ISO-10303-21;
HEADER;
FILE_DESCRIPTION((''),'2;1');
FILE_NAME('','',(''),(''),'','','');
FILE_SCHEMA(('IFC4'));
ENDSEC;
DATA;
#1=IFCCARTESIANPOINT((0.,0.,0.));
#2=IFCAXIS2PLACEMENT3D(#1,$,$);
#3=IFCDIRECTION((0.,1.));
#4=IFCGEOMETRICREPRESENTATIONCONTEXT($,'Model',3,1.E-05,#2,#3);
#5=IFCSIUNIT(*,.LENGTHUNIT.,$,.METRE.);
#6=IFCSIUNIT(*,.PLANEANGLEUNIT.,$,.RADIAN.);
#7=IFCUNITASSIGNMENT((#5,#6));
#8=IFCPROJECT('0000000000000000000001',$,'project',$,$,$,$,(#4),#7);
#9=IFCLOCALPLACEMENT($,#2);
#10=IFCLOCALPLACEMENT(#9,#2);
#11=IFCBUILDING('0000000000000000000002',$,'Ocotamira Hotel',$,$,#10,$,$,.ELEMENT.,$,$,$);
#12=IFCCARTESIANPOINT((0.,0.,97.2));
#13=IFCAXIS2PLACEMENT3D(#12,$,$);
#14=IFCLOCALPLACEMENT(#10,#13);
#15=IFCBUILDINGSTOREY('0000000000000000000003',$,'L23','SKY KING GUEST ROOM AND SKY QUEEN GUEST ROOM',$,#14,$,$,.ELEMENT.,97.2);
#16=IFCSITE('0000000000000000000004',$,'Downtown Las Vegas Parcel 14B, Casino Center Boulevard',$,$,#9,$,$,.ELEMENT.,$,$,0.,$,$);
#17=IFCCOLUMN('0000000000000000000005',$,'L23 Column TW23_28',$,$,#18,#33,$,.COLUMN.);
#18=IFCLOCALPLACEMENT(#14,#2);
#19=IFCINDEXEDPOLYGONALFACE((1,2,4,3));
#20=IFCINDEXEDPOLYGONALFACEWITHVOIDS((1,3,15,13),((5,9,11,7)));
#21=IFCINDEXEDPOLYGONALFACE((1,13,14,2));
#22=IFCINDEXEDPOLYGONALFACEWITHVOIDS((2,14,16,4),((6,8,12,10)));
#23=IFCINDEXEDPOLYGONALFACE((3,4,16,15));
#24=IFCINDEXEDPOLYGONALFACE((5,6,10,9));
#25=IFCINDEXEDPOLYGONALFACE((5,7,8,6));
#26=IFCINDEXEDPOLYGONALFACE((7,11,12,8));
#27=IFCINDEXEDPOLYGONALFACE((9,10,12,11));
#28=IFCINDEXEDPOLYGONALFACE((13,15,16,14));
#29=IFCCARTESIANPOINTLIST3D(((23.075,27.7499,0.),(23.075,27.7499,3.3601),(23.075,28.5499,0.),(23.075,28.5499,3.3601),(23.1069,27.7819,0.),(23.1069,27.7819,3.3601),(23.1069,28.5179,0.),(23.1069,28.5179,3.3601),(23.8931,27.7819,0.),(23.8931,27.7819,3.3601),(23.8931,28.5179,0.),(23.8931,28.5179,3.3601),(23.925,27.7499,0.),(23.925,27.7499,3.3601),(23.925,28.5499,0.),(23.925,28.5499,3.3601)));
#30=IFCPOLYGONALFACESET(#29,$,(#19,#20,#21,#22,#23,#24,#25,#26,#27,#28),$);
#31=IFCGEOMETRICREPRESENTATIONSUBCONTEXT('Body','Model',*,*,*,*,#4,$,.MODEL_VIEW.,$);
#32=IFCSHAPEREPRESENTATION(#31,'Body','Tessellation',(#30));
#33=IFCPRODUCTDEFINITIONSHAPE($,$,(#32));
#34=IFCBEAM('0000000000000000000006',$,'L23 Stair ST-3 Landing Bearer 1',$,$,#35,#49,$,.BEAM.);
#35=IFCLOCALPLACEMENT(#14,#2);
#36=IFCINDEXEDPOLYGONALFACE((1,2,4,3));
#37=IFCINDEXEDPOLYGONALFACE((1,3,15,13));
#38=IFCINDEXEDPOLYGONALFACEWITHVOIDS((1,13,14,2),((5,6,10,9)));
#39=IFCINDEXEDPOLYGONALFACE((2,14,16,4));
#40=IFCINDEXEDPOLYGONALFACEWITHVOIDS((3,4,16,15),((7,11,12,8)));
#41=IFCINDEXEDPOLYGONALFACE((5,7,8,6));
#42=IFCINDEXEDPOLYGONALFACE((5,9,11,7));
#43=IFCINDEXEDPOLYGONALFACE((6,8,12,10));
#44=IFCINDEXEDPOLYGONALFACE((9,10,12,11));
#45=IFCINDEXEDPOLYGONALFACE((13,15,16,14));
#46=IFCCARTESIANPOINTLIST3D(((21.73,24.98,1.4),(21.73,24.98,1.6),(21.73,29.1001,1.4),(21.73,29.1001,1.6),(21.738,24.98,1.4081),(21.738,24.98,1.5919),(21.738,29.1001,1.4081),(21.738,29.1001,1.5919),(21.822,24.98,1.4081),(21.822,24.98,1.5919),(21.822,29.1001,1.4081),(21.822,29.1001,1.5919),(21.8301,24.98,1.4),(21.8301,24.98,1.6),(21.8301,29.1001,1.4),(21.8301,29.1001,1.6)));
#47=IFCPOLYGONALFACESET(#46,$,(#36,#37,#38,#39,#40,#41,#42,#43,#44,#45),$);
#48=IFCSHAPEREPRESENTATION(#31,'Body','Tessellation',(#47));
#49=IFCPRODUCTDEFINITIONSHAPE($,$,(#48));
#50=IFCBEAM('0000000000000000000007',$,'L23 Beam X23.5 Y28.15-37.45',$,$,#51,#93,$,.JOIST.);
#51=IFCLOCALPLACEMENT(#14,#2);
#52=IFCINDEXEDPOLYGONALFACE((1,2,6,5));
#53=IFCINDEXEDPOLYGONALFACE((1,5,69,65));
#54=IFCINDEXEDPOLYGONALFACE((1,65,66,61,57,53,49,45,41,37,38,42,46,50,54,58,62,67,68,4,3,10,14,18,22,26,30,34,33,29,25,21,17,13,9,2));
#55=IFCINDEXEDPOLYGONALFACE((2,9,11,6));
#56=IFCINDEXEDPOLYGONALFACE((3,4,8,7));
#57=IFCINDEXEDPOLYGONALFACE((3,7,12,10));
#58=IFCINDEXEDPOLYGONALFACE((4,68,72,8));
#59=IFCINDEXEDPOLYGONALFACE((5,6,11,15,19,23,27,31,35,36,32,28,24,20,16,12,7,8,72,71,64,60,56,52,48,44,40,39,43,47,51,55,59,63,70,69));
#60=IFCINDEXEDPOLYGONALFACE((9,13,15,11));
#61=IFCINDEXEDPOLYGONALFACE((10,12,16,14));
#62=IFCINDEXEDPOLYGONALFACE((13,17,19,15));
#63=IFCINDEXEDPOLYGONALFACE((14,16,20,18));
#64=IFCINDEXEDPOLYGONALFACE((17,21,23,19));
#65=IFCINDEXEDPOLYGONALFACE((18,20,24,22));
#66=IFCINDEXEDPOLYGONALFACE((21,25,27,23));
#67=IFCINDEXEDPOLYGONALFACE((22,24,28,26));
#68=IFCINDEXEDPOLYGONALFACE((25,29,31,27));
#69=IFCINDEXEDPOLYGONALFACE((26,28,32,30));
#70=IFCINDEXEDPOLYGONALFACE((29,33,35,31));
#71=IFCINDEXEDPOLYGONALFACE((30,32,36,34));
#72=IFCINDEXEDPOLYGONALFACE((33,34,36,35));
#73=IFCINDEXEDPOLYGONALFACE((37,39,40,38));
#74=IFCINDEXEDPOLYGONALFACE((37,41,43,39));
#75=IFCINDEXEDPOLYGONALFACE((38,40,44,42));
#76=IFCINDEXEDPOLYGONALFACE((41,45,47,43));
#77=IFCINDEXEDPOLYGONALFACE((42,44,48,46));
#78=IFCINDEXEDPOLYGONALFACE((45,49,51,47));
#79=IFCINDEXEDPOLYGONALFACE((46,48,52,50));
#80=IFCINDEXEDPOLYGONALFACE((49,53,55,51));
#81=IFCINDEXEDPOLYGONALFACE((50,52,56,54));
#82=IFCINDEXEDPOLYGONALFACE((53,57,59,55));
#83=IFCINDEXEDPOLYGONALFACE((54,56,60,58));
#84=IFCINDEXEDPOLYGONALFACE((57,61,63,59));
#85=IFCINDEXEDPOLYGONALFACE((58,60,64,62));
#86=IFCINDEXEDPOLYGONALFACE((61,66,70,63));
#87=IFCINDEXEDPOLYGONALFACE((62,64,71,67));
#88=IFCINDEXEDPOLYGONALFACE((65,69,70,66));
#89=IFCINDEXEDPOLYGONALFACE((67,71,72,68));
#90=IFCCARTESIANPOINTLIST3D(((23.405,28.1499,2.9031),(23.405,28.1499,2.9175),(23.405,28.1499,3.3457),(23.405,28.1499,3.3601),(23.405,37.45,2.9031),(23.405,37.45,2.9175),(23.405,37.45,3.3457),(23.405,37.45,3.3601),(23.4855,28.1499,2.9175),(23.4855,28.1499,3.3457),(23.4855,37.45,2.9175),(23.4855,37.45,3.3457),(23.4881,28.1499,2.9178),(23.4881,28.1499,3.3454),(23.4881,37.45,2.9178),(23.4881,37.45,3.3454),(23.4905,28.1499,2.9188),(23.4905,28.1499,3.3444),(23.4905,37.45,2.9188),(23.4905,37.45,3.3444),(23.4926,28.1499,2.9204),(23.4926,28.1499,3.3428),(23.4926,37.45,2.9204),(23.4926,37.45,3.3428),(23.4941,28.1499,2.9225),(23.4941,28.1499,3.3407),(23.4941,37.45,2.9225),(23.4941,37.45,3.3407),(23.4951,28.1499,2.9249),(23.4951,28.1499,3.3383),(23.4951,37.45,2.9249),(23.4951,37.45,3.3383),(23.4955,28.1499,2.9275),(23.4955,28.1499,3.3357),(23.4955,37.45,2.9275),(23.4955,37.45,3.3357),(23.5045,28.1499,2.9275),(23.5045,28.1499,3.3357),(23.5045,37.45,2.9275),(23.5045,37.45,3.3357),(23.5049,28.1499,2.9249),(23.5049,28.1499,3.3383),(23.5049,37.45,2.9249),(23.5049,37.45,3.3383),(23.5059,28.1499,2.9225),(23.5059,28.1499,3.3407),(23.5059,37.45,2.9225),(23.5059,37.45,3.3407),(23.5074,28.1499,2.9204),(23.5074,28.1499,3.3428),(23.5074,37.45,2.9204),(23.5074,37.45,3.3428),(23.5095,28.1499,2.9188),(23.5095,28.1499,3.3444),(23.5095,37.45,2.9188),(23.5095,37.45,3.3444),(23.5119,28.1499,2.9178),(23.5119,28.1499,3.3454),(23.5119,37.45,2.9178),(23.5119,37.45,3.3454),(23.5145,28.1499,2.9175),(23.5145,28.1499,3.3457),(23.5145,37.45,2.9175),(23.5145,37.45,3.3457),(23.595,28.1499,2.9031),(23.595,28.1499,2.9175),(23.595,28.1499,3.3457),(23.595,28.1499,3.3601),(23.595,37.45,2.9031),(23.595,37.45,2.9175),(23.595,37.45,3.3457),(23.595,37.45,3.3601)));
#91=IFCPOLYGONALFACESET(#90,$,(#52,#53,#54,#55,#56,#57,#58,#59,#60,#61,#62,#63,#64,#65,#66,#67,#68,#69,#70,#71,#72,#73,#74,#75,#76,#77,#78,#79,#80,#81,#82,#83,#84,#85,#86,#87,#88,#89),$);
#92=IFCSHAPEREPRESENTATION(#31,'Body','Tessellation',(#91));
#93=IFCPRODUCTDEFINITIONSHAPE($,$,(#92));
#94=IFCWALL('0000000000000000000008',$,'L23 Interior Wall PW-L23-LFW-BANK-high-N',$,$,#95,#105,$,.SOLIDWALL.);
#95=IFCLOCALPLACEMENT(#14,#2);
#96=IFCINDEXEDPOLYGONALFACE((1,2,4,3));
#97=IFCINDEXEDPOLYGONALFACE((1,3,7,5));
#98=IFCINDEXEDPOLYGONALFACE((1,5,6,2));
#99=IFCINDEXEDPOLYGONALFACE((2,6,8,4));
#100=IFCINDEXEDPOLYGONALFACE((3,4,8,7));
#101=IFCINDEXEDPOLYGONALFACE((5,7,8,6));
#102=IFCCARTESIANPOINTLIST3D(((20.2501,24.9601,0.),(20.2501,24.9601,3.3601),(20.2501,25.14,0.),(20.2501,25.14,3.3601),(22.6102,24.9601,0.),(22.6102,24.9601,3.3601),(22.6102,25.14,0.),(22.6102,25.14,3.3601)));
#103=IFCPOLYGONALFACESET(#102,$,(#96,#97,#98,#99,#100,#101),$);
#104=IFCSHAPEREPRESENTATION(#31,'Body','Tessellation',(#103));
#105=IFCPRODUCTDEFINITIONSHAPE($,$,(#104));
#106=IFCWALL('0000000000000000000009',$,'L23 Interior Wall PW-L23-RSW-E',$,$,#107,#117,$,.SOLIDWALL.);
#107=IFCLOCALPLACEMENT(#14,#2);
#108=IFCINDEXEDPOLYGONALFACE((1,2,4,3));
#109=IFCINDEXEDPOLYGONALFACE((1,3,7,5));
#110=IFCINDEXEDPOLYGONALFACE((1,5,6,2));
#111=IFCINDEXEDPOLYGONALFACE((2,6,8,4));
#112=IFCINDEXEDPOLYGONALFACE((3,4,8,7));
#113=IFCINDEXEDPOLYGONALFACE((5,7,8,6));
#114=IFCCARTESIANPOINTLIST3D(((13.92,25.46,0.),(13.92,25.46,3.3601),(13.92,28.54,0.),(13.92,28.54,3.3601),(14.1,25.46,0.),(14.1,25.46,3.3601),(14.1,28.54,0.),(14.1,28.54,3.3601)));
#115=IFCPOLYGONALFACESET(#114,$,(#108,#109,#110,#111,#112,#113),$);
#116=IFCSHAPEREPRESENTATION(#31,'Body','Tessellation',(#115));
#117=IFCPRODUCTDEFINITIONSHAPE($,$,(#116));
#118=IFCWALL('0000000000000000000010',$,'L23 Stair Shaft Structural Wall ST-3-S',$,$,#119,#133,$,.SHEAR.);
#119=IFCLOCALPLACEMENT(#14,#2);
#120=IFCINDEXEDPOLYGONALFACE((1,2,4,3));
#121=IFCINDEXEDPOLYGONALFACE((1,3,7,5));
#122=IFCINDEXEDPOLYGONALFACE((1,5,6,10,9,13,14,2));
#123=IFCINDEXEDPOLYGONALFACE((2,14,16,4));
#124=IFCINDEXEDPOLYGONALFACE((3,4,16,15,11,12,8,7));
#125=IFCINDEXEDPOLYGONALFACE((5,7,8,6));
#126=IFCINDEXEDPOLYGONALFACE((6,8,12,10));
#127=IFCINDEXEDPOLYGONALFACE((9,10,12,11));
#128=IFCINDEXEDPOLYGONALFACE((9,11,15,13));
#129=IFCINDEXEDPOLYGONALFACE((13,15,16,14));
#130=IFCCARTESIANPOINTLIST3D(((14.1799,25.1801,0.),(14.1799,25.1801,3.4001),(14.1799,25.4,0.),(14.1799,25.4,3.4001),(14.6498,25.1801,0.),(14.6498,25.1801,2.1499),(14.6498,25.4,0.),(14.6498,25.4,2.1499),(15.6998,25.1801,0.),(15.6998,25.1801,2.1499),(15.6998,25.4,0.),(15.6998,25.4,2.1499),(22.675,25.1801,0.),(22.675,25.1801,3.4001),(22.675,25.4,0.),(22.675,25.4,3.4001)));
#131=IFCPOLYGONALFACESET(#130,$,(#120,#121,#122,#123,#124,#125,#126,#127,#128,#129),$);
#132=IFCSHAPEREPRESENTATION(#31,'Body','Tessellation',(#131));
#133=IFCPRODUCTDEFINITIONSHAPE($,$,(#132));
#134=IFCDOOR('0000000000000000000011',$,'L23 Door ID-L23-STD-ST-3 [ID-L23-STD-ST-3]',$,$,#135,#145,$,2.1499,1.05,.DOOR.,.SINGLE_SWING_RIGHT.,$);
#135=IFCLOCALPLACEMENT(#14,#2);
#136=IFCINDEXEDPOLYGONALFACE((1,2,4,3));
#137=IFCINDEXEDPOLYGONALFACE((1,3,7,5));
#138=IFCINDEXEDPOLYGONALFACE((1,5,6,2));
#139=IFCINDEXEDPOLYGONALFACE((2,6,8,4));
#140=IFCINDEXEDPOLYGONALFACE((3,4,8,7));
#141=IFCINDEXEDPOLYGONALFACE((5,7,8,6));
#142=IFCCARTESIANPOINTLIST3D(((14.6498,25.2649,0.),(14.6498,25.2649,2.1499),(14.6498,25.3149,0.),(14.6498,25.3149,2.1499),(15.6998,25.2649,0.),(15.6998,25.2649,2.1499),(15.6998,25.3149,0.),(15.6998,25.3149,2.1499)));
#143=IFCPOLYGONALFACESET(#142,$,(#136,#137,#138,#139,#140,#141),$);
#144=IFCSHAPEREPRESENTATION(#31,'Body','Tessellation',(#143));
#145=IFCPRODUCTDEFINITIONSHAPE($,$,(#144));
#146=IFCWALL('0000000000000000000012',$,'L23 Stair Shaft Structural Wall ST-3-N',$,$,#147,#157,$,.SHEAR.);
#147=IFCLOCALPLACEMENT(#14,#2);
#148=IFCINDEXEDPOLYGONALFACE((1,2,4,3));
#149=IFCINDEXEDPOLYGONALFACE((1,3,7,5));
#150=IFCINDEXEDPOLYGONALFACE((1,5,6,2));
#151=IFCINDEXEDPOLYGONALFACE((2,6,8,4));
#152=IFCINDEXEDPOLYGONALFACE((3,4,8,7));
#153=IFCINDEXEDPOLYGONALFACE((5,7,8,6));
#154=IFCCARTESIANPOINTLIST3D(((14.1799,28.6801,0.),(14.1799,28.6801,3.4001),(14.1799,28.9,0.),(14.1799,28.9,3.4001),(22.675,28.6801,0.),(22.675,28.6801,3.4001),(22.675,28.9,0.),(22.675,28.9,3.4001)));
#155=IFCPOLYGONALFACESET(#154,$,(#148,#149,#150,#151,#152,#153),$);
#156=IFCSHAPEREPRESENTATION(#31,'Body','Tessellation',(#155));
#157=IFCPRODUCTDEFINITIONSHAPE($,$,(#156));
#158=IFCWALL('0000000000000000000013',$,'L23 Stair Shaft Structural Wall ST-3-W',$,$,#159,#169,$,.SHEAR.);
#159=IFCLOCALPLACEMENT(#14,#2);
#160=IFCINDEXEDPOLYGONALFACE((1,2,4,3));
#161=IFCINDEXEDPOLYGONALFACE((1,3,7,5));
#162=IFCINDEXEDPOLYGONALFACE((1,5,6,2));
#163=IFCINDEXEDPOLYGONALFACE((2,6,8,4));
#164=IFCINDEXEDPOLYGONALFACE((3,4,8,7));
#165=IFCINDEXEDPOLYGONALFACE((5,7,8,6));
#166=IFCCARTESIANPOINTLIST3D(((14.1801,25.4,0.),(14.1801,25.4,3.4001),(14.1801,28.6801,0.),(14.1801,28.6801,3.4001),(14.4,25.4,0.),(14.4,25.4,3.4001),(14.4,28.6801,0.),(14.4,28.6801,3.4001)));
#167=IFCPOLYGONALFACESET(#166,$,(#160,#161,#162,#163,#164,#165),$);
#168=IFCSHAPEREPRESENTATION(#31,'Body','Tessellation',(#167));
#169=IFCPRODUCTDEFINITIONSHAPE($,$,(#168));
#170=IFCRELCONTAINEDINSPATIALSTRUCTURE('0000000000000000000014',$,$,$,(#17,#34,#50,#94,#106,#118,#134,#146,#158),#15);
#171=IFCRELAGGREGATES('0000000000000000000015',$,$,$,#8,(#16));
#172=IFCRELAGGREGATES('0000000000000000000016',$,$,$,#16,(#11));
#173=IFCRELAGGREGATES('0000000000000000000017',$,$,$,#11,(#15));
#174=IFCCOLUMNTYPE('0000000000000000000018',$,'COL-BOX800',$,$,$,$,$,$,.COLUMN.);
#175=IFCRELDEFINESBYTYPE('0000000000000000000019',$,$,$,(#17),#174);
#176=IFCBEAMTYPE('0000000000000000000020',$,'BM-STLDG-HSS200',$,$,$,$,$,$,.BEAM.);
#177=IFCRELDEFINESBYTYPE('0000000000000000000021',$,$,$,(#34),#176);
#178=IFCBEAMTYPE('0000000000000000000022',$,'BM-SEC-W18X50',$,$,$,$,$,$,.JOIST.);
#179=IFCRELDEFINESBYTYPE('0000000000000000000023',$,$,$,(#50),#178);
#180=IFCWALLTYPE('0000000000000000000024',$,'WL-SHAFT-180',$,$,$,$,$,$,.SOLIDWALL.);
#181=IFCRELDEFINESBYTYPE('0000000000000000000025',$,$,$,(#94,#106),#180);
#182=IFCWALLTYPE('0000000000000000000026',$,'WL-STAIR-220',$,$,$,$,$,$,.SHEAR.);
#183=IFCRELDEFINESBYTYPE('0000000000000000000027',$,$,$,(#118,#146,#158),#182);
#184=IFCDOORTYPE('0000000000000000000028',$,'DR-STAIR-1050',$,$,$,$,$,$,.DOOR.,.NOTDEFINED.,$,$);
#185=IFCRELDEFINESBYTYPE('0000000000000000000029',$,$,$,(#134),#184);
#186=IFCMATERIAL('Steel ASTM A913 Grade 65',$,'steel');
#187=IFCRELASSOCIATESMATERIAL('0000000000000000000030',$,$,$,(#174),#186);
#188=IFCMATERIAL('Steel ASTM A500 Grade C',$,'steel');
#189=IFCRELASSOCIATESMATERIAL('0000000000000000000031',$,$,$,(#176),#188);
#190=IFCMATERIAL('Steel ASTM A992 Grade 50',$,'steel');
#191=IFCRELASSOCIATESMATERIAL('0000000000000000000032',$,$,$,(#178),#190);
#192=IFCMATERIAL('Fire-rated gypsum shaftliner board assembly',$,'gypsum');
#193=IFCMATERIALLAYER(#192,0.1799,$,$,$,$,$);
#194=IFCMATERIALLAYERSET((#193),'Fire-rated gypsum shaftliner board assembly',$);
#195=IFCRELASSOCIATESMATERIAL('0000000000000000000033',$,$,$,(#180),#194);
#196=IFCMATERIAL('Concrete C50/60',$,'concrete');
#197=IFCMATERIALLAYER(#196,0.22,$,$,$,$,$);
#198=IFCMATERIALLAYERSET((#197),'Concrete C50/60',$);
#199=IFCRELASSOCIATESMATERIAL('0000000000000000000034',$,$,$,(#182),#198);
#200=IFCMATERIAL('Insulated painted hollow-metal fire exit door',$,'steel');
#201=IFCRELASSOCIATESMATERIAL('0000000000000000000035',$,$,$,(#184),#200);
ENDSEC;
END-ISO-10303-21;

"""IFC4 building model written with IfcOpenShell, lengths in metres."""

from ifc_helpers import new_model, si_unit, direction, frame, frame_2d, origin, origin_2d, place, context, subcontext, project, spatial, rectangle, hollow_rectangle, i_section, extrude, source, transform, mapped, material, layer, layer_set, material_profile, profile_set, type_object, element, fill, save


model = new_model("IFC4")

# Units and contexts
model_context = context("Model", 3, precision=1e-05, world=origin(), true_north=direction((0.0, 1.0)))
body_context = subcontext(model_context, "Body", "Model", "MODEL_VIEW")
ifc_project = project(units=[si_unit("LENGTHUNIT", "METRE"), si_unit("PLANEANGLEUNIT", "RADIAN")], contexts=[model_context])

# Site, building, storey
site_placement = place(None, origin())
site = spatial("IfcSite", under=ifc_project, at=site_placement, Name="Downtown Las Vegas Parcel 14B, Casino Center Boulevard", CompositionType="ELEMENT", RefElevation=0.0)
building_placement = place(site_placement, origin())
building = spatial("IfcBuilding", under=site, at=building_placement, Name="Ocotamira Hotel", CompositionType="ELEMENT")
storey_placement = place(building_placement, frame((0.0, 0.0, 97.2)))
storey = spatial("IfcBuildingStorey", under=building, at=storey_placement, Name="L23", Description="SKY KING GUEST ROOM AND SKY QUEEN GUEST ROOM", CompositionType="ELEMENT", Elevation=97.2)

# Column
ifc_material_1 = material(Name="Steel ASTM A913 Grade 65", Category="steel")
ifc_material_profile_1 = material_profile(ifc_material_1, hollow_rectangle(XDim=0.8501, YDim=0.8, WallThickness=0.032, at=origin_2d()), Name="BOX800X850X32")
ifc_profile_set_1 = profile_set([ifc_material_profile_1], Name="Steel ASTM A913 Grade 65")
column_type = type_object("IfcColumnType", Name="COL-BOX800", PredefinedType="COLUMN", material=ifc_profile_set_1)
shared_shape_1 = source(origin(), body_context, "Body", "SweptSolid", [
    extrude(hollow_rectangle(XDim=0.8501, YDim=0.8, WallThickness=0.032, at=origin_2d()), origin(), (0.0, 0.0, 1.0), 3.3601),
])
column_placement = place(storey_placement, frame((23.5, 28.1499, 0.0), z_axis=(0.0, 0.0, 1.0), x_axis=(1.0, 0.0, 0.0)))
element("IfcColumn", 1, at=column_placement, inside=storey, type_object=column_type, Name="L23 Column TW23_28", PredefinedType="COLUMN", context=body_context, shape_type="MappedRepresentation", body=[
    mapped(shared_shape_1, transform((0.0, 0.0, 0.0), scale=1.0)),
])

# Beams
ifc_material_2 = material(Name="Steel ASTM A500 Grade C", Category="steel")
ifc_material_profile_2 = material_profile(ifc_material_2, hollow_rectangle(XDim=0.1001, YDim=0.2, WallThickness=0.0081, at=origin_2d()), Name="HSS200X100X8")
ifc_profile_set_2 = profile_set([ifc_material_profile_2], Name="Steel ASTM A500 Grade C")
beam_type_1 = type_object("IfcBeamType", Name="BM-STLDG-HSS200", PredefinedType="BEAM", material=ifc_profile_set_2)
shared_shape_2 = source(origin(), body_context, "Body", "SweptSolid", [
    extrude(hollow_rectangle(XDim=0.1001, YDim=0.2, WallThickness=0.0081, at=origin_2d()), origin(), (0.0, 0.0, 1.0), 4.1201),
])
beam_1_placement = place(storey_placement, frame((21.78, 24.98, 1.5), z_axis=(0.0, 1.0, 0.0), x_axis=(-1.0, 0.0, 0.0)))
element("IfcBeam", 2, at=beam_1_placement, inside=storey, type_object=beam_type_1, Name="L23 Stair ST-3 Landing Bearer 1", PredefinedType="BEAM", context=body_context, shape_type="MappedRepresentation", body=[
    mapped(shared_shape_2, transform((0.0, 0.0, 0.0), scale=1.0)),
])
ifc_material_3 = material(Name="Steel ASTM A992 Grade 50", Category="steel")
ifc_material_profile_3 = material_profile(ifc_material_3, i_section(OverallWidth=0.1899, OverallDepth=0.457, WebThickness=0.009, FlangeThickness=0.0144, FilletRadius=0.01, at=origin_2d()), Name="W18X50")
ifc_profile_set_3 = profile_set([ifc_material_profile_3], Name="Steel ASTM A992 Grade 50")
beam_type_2 = type_object("IfcBeamType", Name="BM-SEC-W18X50", PredefinedType="JOIST", material=ifc_profile_set_3)
shared_shape_3 = source(origin(), body_context, "Body", "SweptSolid", [
    extrude(i_section(OverallWidth=0.1899, OverallDepth=0.457, WebThickness=0.009, FlangeThickness=0.0144, FilletRadius=0.01, at=origin_2d()), origin(), (0.0, 0.0, 1.0), 9.3),
])
beam_2_placement = place(storey_placement, frame((23.5, 28.1499, 3.1316), z_axis=(0.0, 1.0, 0.0), x_axis=(-1.0, 0.0, 0.0)))
element("IfcBeam", 3, at=beam_2_placement, inside=storey, type_object=beam_type_2, Name="L23 Beam X23.5 Y28.15-37.45", PredefinedType="JOIST", context=body_context, shape_type="MappedRepresentation", body=[
    mapped(shared_shape_3, transform((0.0, 0.0, 0.0), scale=1.0)),
])

# Walls
ifc_material_4 = material(Name="Fire-rated gypsum shaftliner board assembly", Category="gypsum")
ifc_layer_1 = layer(ifc_material_4, 0.1799)
ifc_layer_set_1 = layer_set([ifc_layer_1], Name="Fire-rated gypsum shaftliner board assembly")
wall_type_1 = type_object("IfcWallType", Name="WL-SHAFT-180", PredefinedType="SOLIDWALL", material=ifc_layer_set_1)
wall_1_placement = place(storey_placement, frame((20.25, 25.05, 0.0), z_axis=(0.0, 0.0, 1.0), x_axis=(1.0, 0.0, 0.0)))
element("IfcWall", 4, at=wall_1_placement, inside=storey, type_object=wall_type_1, Name="L23 Interior Wall PW-L23-LFW-BANK-high-N", PredefinedType="SOLIDWALL", context=body_context, shape_type="SweptSolid", body=[
    extrude(rectangle(XDim=2.3601, YDim=0.1799, at=frame_2d((1.1802, 0.0))), origin(), (0.0, 0.0, 1.0), 3.3601),
])
wall_2_placement = place(storey_placement, frame((14.01, 25.46, 0.0), z_axis=(0.0, 0.0, 1.0), x_axis=(0.0, 1.0, 0.0)))
element("IfcWall", 5, at=wall_2_placement, inside=storey, type_object=wall_type_1, Name="L23 Interior Wall PW-L23-RSW-E", PredefinedType="SOLIDWALL", context=body_context, shape_type="SweptSolid", body=[
    extrude(rectangle(XDim=3.0801, YDim=0.1799, at=frame_2d((1.54, 0.0))), origin(), (0.0, 0.0, 1.0), 3.3601),
])

# Wall, opening, door
ifc_material_5 = material(Name="Concrete C50/60", Category="concrete")
ifc_layer_2 = layer(ifc_material_5, 0.22)
ifc_layer_set_2 = layer_set([ifc_layer_2], Name="Concrete C50/60")
wall_type_2 = type_object("IfcWallType", Name="WL-STAIR-220", PredefinedType="SHEAR", material=ifc_layer_set_2)
wall_3_placement = place(storey_placement, frame((14.1799, 25.29, 0.0), z_axis=(0.0, 0.0, 1.0), x_axis=(1.0, 0.0, 0.0)))
wall_3 = element("IfcWall", 6, at=wall_3_placement, inside=storey, type_object=wall_type_2, Name="L23 Stair Shaft Structural Wall ST-3-S", PredefinedType="SHEAR", context=body_context, shape_type="SweptSolid", body=[
    extrude(rectangle(XDim=8.4951, YDim=0.22, at=frame_2d((4.2476, 0.0))), origin(), (0.0, 0.0, 1.0), 3.4001),
])
opening_placement = place(wall_3_placement, frame((0.47, 0.0, 0.0)))
opening = element("IfcOpeningElement", 7, at=opening_placement, cuts=wall_3, PredefinedType="OPENING", context=body_context, shape_type="SweptSolid", body=[
    extrude(rectangle(XDim=1.05, YDim=2.1499, at=frame_2d((0.5249, 1.075))), frame((0.0, 0.1201, 0.0), z_axis=(0.0, -1.0, 0.0), x_axis=(1.0, 0.0, 0.0)), (0.0, 0.0, 1.0), 0.24),
])
ifc_material_6 = material(Name="Insulated painted hollow-metal fire exit door", Category="steel")
door_type = type_object("IfcDoorType", Name="DR-STAIR-1050", OperationType="NOTDEFINED", PredefinedType="DOOR", material=ifc_material_6)
shared_shape_4 = source(origin(), body_context, "Body", "SweptSolid", [
    extrude(rectangle(XDim=1.05, YDim=2.1499, at=frame_2d((0.5249, 1.075))), frame((0.0, 0.0249, 0.0), z_axis=(0.0, -1.0, 0.0), x_axis=(1.0, 0.0, 0.0)), (0.0, 0.0, 1.0), 0.05),
])
door_placement = place(opening_placement, origin())
door = element("IfcDoor", 8, at=door_placement, inside=storey, type_object=door_type, Name="L23 Door ID-L23-STD-ST-3 [ID-L23-STD-ST-3]", OperationType="SINGLE_SWING_RIGHT", OverallHeight=2.1499, OverallWidth=1.05, PredefinedType="DOOR", context=body_context, shape_type="MappedRepresentation", body=[
    mapped(shared_shape_4, transform((0.0, 0.0, 0.0), scale=1.0)),
])
fill(opening, door)

# Walls
wall_4_placement = place(storey_placement, frame((14.1799, 28.79, 0.0), z_axis=(0.0, 0.0, 1.0), x_axis=(1.0, 0.0, 0.0)))
element("IfcWall", 9, at=wall_4_placement, inside=storey, type_object=wall_type_2, Name="L23 Stair Shaft Structural Wall ST-3-N", PredefinedType="SHEAR", context=body_context, shape_type="SweptSolid", body=[
    extrude(rectangle(XDim=8.4951, YDim=0.22, at=frame_2d((4.2476, 0.0))), origin(), (0.0, 0.0, 1.0), 3.4001),
])
for number, where, z_axis, x_axis, name in (
    (10, (14.29, 25.3999, 0.0), (0.0, 0.0, 1.0), (0.0, 1.0, 0.0), "L23 Stair Shaft Structural Wall ST-3-W"),
):
    element("IfcWall", number, at=place(storey_placement, frame(where, z_axis=z_axis, x_axis=x_axis)), inside=storey, type_object=wall_type_2, Name=name, PredefinedType="SHEAR", context=body_context, shape_type="SweptSolid", body=[
        extrude(rectangle(XDim=3.28, YDim=0.22, at=frame_2d((1.6401, 0.0))), origin(), (0.0, 0.0, 1.0), 3.4001),
    ])

save(model, "model.ifc")
